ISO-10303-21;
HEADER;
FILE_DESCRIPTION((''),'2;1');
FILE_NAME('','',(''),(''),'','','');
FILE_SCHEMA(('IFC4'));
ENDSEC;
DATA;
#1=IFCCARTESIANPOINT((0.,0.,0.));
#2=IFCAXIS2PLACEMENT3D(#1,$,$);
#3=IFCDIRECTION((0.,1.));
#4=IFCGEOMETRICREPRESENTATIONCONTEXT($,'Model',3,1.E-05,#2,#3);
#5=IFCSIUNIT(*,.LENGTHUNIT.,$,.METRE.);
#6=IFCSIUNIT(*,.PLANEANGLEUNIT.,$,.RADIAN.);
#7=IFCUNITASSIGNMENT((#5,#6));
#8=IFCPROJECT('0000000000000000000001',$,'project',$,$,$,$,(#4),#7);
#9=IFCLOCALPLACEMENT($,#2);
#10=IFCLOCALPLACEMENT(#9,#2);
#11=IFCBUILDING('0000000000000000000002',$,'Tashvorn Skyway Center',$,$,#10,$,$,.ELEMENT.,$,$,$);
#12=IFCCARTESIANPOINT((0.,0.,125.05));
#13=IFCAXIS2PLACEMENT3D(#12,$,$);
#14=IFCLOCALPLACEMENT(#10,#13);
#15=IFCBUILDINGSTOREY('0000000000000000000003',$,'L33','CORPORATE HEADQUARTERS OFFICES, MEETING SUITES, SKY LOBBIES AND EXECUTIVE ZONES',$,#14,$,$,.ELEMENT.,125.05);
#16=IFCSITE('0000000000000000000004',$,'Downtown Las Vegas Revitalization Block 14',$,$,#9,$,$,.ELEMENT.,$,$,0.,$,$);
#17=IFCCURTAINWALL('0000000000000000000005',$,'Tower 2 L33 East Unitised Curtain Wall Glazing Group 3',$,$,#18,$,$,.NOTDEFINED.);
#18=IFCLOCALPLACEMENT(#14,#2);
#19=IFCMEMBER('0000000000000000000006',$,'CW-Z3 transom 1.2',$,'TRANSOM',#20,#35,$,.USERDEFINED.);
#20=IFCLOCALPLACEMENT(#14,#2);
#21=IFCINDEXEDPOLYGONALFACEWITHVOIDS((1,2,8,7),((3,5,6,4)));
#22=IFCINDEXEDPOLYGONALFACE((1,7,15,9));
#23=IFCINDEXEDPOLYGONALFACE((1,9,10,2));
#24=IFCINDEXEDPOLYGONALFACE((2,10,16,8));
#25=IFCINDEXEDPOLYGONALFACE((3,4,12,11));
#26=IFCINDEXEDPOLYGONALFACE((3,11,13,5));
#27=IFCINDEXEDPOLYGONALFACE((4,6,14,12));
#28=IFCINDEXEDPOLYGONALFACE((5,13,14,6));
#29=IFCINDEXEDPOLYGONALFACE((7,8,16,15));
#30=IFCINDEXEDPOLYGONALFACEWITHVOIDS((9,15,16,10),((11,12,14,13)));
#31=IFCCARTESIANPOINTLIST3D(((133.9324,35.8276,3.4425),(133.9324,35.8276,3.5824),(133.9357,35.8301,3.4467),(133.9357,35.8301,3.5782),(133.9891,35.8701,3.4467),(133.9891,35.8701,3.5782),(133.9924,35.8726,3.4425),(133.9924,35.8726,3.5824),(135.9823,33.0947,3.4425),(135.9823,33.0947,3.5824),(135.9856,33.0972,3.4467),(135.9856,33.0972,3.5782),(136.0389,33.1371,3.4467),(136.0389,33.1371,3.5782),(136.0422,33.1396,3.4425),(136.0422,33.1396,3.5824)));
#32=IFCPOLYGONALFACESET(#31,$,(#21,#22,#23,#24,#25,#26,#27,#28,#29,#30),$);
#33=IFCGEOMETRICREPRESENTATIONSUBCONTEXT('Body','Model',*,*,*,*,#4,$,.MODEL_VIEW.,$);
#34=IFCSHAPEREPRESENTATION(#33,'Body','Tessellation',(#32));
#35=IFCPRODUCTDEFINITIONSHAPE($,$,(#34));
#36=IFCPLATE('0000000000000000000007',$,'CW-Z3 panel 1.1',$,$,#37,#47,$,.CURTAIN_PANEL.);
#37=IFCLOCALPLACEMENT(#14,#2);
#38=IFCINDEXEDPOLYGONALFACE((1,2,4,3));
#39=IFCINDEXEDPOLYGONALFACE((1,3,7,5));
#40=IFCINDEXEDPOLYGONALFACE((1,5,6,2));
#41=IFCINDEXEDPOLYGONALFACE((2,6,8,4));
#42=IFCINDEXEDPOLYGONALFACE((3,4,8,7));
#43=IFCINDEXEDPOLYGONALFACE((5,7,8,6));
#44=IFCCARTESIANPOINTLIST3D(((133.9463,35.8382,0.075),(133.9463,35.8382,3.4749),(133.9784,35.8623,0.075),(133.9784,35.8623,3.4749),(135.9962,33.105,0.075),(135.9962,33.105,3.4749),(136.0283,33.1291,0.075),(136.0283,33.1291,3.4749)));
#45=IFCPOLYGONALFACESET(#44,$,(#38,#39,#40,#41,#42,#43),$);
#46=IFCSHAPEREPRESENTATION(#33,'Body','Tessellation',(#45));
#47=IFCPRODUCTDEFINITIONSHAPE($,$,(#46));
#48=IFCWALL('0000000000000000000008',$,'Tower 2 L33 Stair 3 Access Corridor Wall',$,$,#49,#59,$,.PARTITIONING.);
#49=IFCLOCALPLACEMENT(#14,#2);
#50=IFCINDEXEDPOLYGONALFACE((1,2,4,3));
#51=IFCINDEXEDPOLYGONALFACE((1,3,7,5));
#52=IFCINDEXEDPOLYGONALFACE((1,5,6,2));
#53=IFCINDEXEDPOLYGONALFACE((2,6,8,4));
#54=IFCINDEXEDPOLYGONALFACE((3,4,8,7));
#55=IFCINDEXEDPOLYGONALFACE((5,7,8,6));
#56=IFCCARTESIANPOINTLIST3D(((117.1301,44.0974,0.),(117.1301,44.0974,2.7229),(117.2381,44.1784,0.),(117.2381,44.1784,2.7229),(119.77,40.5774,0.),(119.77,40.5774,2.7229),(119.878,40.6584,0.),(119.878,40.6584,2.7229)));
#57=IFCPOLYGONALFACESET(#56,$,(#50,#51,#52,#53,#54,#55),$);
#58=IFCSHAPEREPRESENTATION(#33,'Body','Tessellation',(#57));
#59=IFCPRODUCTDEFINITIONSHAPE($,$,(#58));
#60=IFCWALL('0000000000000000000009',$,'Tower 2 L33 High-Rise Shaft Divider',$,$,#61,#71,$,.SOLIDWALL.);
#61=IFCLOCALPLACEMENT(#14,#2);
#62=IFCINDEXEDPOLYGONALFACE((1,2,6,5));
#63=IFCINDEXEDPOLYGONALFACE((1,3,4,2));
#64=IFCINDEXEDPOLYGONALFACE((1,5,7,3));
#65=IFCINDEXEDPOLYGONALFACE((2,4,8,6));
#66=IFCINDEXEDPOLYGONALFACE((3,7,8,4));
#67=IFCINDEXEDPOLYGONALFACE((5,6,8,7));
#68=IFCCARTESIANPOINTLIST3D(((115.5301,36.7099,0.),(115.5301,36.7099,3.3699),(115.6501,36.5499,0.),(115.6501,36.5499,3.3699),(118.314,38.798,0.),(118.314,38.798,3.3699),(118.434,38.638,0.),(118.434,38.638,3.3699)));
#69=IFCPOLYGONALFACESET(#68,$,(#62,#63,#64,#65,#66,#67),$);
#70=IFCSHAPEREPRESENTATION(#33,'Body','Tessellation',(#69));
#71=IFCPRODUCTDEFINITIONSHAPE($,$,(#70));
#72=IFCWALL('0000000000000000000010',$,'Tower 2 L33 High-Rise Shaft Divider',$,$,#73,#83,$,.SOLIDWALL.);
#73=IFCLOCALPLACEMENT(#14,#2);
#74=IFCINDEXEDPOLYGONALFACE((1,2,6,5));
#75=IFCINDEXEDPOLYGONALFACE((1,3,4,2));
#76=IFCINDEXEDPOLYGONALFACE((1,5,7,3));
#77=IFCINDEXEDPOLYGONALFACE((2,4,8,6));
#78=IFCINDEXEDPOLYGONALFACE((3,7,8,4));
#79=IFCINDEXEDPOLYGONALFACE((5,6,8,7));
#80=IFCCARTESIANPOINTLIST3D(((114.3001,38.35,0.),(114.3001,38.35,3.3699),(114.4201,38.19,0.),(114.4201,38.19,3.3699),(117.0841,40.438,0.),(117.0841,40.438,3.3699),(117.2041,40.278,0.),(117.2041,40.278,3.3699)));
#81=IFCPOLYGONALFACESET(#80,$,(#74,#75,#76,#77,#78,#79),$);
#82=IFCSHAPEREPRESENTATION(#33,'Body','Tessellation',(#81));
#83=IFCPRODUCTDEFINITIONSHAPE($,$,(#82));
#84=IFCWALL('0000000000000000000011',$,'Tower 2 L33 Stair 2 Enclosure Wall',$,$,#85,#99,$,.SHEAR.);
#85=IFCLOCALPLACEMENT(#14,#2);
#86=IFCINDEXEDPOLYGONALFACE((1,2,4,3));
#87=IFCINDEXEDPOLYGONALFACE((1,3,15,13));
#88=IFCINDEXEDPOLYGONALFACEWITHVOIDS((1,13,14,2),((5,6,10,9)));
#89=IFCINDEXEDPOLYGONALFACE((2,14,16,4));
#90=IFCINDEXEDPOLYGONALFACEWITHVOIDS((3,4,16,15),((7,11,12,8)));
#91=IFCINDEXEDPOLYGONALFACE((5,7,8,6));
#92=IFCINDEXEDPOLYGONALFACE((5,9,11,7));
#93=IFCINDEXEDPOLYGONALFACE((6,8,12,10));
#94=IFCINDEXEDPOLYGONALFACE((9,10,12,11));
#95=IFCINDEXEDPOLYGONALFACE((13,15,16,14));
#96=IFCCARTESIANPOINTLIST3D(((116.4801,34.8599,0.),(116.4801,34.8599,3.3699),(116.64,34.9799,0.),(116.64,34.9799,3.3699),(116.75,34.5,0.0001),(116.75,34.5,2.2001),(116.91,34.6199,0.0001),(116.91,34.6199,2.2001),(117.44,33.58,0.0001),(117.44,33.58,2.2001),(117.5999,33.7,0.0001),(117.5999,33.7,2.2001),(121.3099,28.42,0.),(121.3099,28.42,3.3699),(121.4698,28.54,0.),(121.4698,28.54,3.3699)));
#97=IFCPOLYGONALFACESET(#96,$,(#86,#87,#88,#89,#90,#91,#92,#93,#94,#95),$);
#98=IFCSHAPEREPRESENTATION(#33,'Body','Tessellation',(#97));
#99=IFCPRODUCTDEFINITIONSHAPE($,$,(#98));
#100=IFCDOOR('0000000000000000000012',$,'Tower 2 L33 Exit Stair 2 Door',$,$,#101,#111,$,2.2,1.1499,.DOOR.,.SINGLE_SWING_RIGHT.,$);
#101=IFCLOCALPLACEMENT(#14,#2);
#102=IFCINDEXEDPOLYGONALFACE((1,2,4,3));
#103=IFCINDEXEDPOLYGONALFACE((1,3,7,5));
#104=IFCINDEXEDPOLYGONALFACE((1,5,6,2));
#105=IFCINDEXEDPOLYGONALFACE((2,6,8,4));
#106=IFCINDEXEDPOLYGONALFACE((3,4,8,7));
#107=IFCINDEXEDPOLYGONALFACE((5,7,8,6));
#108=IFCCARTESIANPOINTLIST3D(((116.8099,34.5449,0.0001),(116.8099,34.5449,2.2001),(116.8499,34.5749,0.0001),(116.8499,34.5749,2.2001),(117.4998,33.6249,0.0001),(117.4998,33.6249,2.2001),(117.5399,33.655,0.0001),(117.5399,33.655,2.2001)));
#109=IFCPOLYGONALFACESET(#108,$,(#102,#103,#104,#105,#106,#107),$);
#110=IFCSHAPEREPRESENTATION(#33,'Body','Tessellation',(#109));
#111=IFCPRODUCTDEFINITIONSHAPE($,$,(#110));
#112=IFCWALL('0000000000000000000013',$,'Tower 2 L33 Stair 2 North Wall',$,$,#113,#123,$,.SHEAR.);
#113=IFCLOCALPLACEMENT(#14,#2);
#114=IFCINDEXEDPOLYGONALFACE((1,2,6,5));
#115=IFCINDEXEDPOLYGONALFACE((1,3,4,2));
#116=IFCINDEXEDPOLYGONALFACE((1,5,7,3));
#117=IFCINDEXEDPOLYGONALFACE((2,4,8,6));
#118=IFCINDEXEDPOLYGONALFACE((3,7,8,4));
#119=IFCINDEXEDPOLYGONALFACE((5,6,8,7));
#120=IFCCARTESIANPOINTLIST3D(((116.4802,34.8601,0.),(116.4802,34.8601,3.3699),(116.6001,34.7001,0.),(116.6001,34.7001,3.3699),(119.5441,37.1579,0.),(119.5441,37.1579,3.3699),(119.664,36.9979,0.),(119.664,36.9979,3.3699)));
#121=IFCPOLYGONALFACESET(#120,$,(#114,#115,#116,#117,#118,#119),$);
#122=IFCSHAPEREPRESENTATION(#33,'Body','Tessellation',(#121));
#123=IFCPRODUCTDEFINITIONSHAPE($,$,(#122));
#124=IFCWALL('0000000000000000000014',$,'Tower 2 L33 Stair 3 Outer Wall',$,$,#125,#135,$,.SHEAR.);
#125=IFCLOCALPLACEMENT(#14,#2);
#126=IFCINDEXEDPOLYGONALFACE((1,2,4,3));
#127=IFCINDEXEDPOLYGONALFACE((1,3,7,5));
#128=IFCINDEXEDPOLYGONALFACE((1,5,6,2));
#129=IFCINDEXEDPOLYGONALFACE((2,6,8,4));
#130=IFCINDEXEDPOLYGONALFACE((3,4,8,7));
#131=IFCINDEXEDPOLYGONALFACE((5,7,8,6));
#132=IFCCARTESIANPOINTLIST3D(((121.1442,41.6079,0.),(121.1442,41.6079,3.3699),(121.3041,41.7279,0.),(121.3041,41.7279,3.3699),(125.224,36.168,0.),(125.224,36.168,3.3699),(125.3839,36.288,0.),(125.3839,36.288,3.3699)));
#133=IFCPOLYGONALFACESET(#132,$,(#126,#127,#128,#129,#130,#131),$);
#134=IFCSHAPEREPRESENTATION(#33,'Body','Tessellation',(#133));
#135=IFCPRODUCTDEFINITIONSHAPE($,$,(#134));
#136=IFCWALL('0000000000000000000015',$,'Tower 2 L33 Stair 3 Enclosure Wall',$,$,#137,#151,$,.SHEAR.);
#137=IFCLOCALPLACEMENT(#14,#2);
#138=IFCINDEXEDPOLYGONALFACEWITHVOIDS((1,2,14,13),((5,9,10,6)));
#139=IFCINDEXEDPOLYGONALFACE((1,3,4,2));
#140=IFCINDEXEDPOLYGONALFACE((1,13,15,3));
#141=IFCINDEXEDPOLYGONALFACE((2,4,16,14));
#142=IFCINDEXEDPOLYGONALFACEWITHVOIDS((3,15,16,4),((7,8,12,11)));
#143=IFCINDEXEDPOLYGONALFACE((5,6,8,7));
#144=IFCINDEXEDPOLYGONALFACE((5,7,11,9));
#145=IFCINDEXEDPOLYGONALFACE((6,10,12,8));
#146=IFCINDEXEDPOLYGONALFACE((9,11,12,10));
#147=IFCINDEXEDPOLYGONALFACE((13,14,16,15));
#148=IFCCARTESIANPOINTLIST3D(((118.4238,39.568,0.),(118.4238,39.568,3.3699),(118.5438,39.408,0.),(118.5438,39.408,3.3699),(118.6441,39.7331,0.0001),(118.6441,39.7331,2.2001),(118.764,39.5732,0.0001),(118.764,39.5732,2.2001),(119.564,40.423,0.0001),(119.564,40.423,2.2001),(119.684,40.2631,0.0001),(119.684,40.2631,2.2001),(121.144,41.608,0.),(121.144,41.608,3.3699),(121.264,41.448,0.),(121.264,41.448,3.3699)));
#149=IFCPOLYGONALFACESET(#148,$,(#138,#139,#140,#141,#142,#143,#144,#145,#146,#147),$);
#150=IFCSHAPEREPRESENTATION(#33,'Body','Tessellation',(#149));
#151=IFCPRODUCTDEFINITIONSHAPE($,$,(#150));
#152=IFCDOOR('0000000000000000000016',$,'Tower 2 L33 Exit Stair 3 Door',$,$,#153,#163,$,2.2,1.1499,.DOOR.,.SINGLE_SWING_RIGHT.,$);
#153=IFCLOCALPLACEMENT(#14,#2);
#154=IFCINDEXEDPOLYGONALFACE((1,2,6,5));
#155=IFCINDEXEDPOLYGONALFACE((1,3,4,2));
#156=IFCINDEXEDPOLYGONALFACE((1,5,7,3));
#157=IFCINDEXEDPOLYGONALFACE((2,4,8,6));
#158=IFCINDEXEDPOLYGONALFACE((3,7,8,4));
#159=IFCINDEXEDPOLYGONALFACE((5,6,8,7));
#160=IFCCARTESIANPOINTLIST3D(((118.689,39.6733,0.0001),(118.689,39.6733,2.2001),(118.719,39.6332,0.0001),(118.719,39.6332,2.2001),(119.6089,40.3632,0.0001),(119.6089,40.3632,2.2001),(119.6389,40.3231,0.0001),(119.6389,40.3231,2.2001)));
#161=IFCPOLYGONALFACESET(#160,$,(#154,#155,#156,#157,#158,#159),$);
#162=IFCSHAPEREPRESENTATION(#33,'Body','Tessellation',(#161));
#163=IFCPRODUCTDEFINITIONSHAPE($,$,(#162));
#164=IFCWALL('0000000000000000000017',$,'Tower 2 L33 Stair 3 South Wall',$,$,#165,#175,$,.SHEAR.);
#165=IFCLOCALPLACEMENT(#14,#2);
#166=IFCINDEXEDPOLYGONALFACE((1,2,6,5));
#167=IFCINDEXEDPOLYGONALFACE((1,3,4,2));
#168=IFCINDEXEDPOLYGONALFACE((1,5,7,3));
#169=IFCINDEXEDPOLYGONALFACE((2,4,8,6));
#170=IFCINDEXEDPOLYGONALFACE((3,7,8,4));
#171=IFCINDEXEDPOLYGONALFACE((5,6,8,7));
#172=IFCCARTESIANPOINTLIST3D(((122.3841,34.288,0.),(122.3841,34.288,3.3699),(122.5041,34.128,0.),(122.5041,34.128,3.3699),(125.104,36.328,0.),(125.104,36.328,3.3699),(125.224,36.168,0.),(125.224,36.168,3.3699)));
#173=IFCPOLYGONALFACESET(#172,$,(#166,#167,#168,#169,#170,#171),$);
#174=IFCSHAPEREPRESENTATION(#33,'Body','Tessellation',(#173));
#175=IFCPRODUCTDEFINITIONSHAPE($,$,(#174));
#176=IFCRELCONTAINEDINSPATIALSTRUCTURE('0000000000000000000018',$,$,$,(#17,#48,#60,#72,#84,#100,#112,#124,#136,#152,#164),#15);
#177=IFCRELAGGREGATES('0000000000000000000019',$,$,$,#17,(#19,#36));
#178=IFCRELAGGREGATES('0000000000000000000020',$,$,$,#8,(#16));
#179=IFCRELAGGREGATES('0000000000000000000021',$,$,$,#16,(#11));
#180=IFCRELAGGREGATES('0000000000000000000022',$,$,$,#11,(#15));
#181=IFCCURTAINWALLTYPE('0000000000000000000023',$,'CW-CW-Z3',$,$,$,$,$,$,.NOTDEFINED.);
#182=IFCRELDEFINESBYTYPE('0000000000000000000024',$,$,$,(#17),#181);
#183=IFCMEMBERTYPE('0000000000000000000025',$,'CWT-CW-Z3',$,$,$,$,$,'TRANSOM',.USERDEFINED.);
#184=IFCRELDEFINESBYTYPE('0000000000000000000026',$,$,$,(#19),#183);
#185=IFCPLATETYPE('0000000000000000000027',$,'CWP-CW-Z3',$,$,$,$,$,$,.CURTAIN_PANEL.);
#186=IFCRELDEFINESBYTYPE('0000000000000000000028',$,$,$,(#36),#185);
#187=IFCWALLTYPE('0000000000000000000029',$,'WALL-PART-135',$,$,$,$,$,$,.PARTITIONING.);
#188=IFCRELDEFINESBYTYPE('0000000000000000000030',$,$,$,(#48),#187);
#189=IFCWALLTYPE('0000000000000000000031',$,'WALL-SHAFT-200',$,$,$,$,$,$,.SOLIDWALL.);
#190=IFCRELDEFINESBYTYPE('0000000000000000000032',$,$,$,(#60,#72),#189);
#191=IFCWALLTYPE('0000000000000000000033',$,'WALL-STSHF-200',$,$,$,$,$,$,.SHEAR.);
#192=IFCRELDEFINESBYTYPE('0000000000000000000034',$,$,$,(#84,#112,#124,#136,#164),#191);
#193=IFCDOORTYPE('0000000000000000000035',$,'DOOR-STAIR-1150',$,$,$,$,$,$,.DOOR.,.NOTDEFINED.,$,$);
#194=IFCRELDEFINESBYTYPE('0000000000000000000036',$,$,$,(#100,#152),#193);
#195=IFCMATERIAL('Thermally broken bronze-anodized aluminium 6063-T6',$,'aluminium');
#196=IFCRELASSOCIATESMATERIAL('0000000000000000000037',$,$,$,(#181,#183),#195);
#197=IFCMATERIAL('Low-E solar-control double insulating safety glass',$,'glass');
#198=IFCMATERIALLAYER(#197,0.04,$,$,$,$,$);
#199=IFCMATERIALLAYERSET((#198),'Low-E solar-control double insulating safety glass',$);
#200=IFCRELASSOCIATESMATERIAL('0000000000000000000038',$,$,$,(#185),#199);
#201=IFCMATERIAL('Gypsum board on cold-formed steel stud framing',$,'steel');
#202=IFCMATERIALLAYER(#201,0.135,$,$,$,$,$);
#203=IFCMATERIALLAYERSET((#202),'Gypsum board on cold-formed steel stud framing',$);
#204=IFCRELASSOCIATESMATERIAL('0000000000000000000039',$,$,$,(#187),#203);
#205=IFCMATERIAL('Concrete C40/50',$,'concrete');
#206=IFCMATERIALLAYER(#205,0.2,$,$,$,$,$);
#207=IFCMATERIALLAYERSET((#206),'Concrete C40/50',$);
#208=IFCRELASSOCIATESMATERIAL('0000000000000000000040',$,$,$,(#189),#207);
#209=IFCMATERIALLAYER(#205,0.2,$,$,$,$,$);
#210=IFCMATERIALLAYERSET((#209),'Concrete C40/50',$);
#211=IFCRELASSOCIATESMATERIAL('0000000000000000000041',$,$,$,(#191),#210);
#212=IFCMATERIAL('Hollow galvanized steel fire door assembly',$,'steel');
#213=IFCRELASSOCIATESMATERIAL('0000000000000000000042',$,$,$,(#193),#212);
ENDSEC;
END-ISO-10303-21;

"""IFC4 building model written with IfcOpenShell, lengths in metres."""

from ifc_helpers import new_model, si_unit, direction, frame, frame_2d, origin, origin_2d, place, context, subcontext, project, spatial, rectangle, hollow_rectangle, extrude, material, layer, layer_set, material_profile, profile_set, type_object, element, fill, aggregate, save


model = new_model("IFC4")

# Units and contexts
model_context = context("Model", 3, precision=1e-05, world=origin(), true_north=direction((0.0, 1.0)))
body_context = subcontext(model_context, "Body", "Model", "MODEL_VIEW")
ifc_project = project(units=[si_unit("LENGTHUNIT", "METRE"), si_unit("PLANEANGLEUNIT", "RADIAN")], contexts=[model_context])

# Site, building, storey
site_placement = place(None, origin())
site = spatial("IfcSite", under=ifc_project, at=site_placement, Name="Downtown Las Vegas Revitalization Block 14", CompositionType="ELEMENT", RefElevation=0.0)
building_placement = place(site_placement, origin())
building = spatial("IfcBuilding", under=site, at=building_placement, Name="Tashvorn Skyway Center", CompositionType="ELEMENT")
storey_placement = place(building_placement, frame((0.0, 0.0, 125.05)))
storey = spatial("IfcBuildingStorey", under=building, at=storey_placement, Name="L33", Description="CORPORATE HEADQUARTERS OFFICES, MEETING SUITES, SKY LOBBIES AND EXECUTIVE ZONES", CompositionType="ELEMENT", Elevation=125.05)

# Curtain wall, member, plate
ifc_material_1 = material(Name="Thermally broken bronze-anodized aluminium 6063-T6", Category="aluminium")
curtain_wall_type = type_object("IfcCurtainWallType", Name="CW-CW-Z3", PredefinedType="NOTDEFINED", material=ifc_material_1)
curtain_wall_placement = place(storey_placement, origin())
curtain_wall = element("IfcCurtainWall", 1, at=curtain_wall_placement, inside=storey, type_object=curtain_wall_type, Name="Tower 2 L33 East Unitised Curtain Wall Glazing Group 3", PredefinedType="NOTDEFINED")
ifc_material_profile_1 = material_profile(ifc_material_1, hollow_rectangle(XDim=0.075, YDim=0.1399, WallThickness=0.0042, at=origin_2d()), Name="ALU-TRAN-75x140")
ifc_profile_set_1 = profile_set([ifc_material_profile_1], Name="Thermally broken bronze-anodized aluminium 6063-T6")
member_type_1 = type_object("IfcMemberType", Name="CWT-CW-Z3", ElementType="TRANSOM", PredefinedType="USERDEFINED", material=ifc_profile_set_1)
member_1_placement = place(storey_placement, frame((133.9624, 35.8501, 3.5125), z_axis=(0.600023, -0.799983, 0.0), x_axis=(0.799983, 0.600023, 0.0)))
member_1 = element("IfcMember", 2, at=member_1_placement, type_object=member_type_1, Name="CW-Z3 transom 1.2", ObjectType="TRANSOM", PredefinedType="USERDEFINED", context=body_context, shape_type="SweptSolid", body=[
    extrude(hollow_rectangle(XDim=0.075, YDim=0.1399, WallThickness=0.0042, at=origin_2d()), origin(), (0.0, 0.0, 1.0), 3.4163),
])
ifc_material_2 = material(Name="Low-E solar-control double insulating safety glass", Category="glass")
ifc_layer_1 = layer(ifc_material_2, 0.04)
ifc_layer_set_1 = layer_set([ifc_layer_1], Name="Low-E solar-control double insulating safety glass")
plate_type = type_object("IfcPlateType", Name="CWP-CW-Z3", PredefinedType="CURTAIN_PANEL", material=ifc_layer_set_1)
plate_placement = place(storey_placement, frame((134.9873, 34.4836, 0.075), z_axis=(0.0, 0.0, 1.0), x_axis=(0.600005, -0.799997, 0.0)))
plate = element("IfcPlate", 3, at=plate_placement, type_object=plate_type, Name="CW-Z3 panel 1.1", PredefinedType="CURTAIN_PANEL", context=body_context, shape_type="SweptSolid", body=[
    extrude(rectangle(XDim=3.4165, YDim=0.04, at=origin_2d()), origin(), (0.0, 0.0, 1.0), 3.3999),
])
aggregate(curtain_wall, [member_1, plate])

# Walls
ifc_material_3 = material(Name="Gypsum board on cold-formed steel stud framing", Category="steel")
ifc_layer_2 = layer(ifc_material_3, 0.135)
ifc_layer_set_2 = layer_set([ifc_layer_2], Name="Gypsum board on cold-formed steel stud framing")
wall_type_1 = type_object("IfcWallType", Name="WALL-PART-135", PredefinedType="PARTITIONING", material=ifc_layer_set_2)
wall_1_placement = place(storey_placement, frame((119.824, 40.6179, 0.0), z_axis=(0.0, 0.0, 1.0), x_axis=(-0.599982, 0.800013, 0.0)))
element("IfcWall", 4, at=wall_1_placement, inside=storey, type_object=wall_type_1, Name="Tower 2 L33 Stair 3 Access Corridor Wall", PredefinedType="PARTITIONING", context=body_context, shape_type="SweptSolid", body=[
    extrude(rectangle(XDim=4.3999, YDim=0.135, at=frame_2d((2.2, 0.0))), origin(), (0.0, 0.0, 1.0), 2.7229),
])
ifc_material_4 = material(Name="Concrete C40/50", Category="concrete")
ifc_layer_3 = layer(ifc_material_4, 0.2)
ifc_layer_set_3 = layer_set([ifc_layer_3], Name="Concrete C40/50")
wall_type_2 = type_object("IfcWallType", Name="WALL-SHAFT-200", PredefinedType="SOLIDWALL", material=ifc_layer_set_3)
for number, where, z_axis, x_axis, name in (
    (5, (115.5901, 36.6299, 0.0), (0.0, 0.0, 1.0), (0.799975, 0.600034, 0.0), "Tower 2 L33 High-Rise Shaft Divider"),
    (6, (114.3601, 38.27, 0.0), (0.0, 0.0, 1.0), (0.800008, 0.599989, 0.0), "Tower 2 L33 High-Rise Shaft Divider"),
):
    element("IfcWall", number, at=place(storey_placement, frame(where, z_axis=z_axis, x_axis=x_axis)), inside=storey, type_object=wall_type_2, Name=name, PredefinedType="SOLIDWALL", context=body_context, shape_type="SweptSolid", body=[
        extrude(rectangle(XDim=3.48, YDim=0.2, at=frame_2d((1.74, 0.0))), origin(), (0.0, 0.0, 1.0), 3.3699),
    ])

# Wall, opening, door
ifc_layer_4 = layer(ifc_material_4, 0.2)
ifc_layer_set_4 = layer_set([ifc_layer_4], Name="Concrete C40/50")
wall_type_3 = type_object("IfcWallType", Name="WALL-STSHF-200", PredefinedType="SHEAR", material=ifc_layer_set_4)
wall_2_placement = place(storey_placement, frame((116.5601, 34.9199, 0.0), z_axis=(0.0, 0.0, 1.0), x_axis=(0.59999, -0.800007, 0.0)))
wall_2 = element("IfcWall", 7, at=wall_2_placement, inside=storey, type_object=wall_type_3, Name="Tower 2 L33 Stair 2 Enclosure Wall", PredefinedType="SHEAR", context=body_context, shape_type="SweptSolid", body=[
    extrude(rectangle(XDim=8.0498, YDim=0.2, at=frame_2d((4.0249, 0.0))), origin(), (0.0, 0.0, 1.0), 3.3699),
])
opening_1_placement = place(wall_2_placement, frame((0.45, 0.0, 0.0)))
opening_1 = element("IfcOpeningElement", 8, at=opening_1_placement, cuts=wall_2, PredefinedType="OPENING", context=body_context, shape_type="SweptSolid", body=[
    extrude(rectangle(XDim=1.1499, YDim=2.2, at=frame_2d((0.575, 1.1001))), frame((0.0, 0.1099, 0.0), z_axis=(0.0, -1.0, 0.0), x_axis=(1.0, 0.0, 0.0)), (0.0, 0.0, 1.0), 0.22),
])
ifc_material_5 = material(Name="Hollow galvanized steel fire door assembly", Category="steel")
door_type = type_object("IfcDoorType", Name="DOOR-STAIR-1150", OperationType="NOTDEFINED", PredefinedType="DOOR", material=ifc_material_5)
door_1_placement = place(opening_1_placement, origin())
door_1 = element("IfcDoor", 9, at=door_1_placement, inside=storey, type_object=door_type, Name="Tower 2 L33 Exit Stair 2 Door", OperationType="SINGLE_SWING_RIGHT", OverallHeight=2.2, OverallWidth=1.1499, PredefinedType="DOOR", context=body_context, shape_type="SweptSolid", body=[
    extrude(rectangle(XDim=1.1499, YDim=2.2, at=frame_2d((0.575, 1.1001))), frame((0.0, 0.0249, 0.0), z_axis=(0.0, -1.0, 0.0), x_axis=(1.0, 0.0, 0.0)), (0.0, 0.0, 1.0), 0.05),
])
fill(opening_1, door_1)

# Walls
wall_3_placement = place(storey_placement, frame((116.54, 34.78, 0.0), z_axis=(0.0, 0.0, 1.0), x_axis=(0.800015, 0.59998, 0.0)))
element("IfcWall", 10, at=wall_3_placement, inside=storey, type_object=wall_type_3, Name="Tower 2 L33 Stair 2 North Wall", PredefinedType="SHEAR", context=body_context, shape_type="SweptSolid", body=[
    extrude(rectangle(XDim=3.8298, YDim=0.2, at=frame_2d((1.915, 0.0))), origin(), (0.0, 0.0, 1.0), 3.3699),
])
wall_4_placement = place(storey_placement, frame((125.304, 36.228, 0.0), z_axis=(0.0, 0.0, 1.0), x_axis=(-0.599989, 0.800009, 0.0)))
element("IfcWall", 11, at=wall_4_placement, inside=storey, type_object=wall_type_3, Name="Tower 2 L33 Stair 3 Outer Wall", PredefinedType="SHEAR", context=body_context, shape_type="SweptSolid", body=[
    extrude(rectangle(XDim=6.7998, YDim=0.2, at=frame_2d((3.3999, 0.0))), origin(), (0.0, 0.0, 1.0), 3.3699),
])

# Wall, opening, door
wall_5_placement = place(storey_placement, frame((121.2041, 41.5281, 0.0), z_axis=(0.0, 0.0, 1.0), x_axis=(-0.800017, -0.599977, 0.0)))
wall_5 = element("IfcWall", 12, at=wall_5_placement, inside=storey, type_object=wall_type_3, Name="Tower 2 L33 Stair 3 Enclosure Wall", PredefinedType="SHEAR", context=body_context, shape_type="SweptSolid", body=[
    extrude(rectangle(XDim=3.4001, YDim=0.2, at=frame_2d((1.7002, 0.0))), origin(), (0.0, 0.0, 1.0), 3.3699),
])
opening_2_placement = place(wall_5_placement, frame((1.9751, 0.0, 0.0)))
opening_2 = element("IfcOpeningElement", 13, at=opening_2_placement, cuts=wall_5, PredefinedType="OPENING", context=body_context, shape_type="SweptSolid", body=[
    extrude(rectangle(XDim=1.1499, YDim=2.2, at=frame_2d((0.575, 1.1001))), frame((0.0, 0.1099, 0.0), z_axis=(0.0, -1.0, 0.0), x_axis=(1.0, 0.0, 0.0)), (0.0, 0.0, 1.0), 0.22),
])
door_2_placement = place(opening_2_placement, origin())
door_2 = element("IfcDoor", 14, at=door_2_placement, inside=storey, type_object=door_type, Name="Tower 2 L33 Exit Stair 3 Door", OperationType="SINGLE_SWING_RIGHT", OverallHeight=2.2, OverallWidth=1.1499, PredefinedType="DOOR", context=body_context, shape_type="SweptSolid", body=[
    extrude(rectangle(XDim=1.1499, YDim=2.2, at=frame_2d((0.575, 1.1001))), frame((0.0, 0.0249, 0.0), z_axis=(0.0, -1.0, 0.0), x_axis=(1.0, 0.0, 0.0)), (0.0, 0.0, 1.0), 0.05),
])
fill(opening_2, door_2)

# Wall
wall_6_placement = place(storey_placement, frame((122.4441, 34.208, 0.0), z_axis=(0.0, 0.0, 1.0), x_axis=(0.799991, 0.600011, 0.0)))
element("IfcWall", 15, at=wall_6_placement, inside=storey, type_object=wall_type_3, Name="Tower 2 L33 Stair 3 South Wall", PredefinedType="SHEAR", context=body_context, shape_type="SweptSolid", body=[
    extrude(rectangle(XDim=3.3999, YDim=0.2, at=frame_2d((1.7, 0.0))), origin(), (0.0, 0.0, 1.0), 3.3699),
])

save(model, "model.ifc")
